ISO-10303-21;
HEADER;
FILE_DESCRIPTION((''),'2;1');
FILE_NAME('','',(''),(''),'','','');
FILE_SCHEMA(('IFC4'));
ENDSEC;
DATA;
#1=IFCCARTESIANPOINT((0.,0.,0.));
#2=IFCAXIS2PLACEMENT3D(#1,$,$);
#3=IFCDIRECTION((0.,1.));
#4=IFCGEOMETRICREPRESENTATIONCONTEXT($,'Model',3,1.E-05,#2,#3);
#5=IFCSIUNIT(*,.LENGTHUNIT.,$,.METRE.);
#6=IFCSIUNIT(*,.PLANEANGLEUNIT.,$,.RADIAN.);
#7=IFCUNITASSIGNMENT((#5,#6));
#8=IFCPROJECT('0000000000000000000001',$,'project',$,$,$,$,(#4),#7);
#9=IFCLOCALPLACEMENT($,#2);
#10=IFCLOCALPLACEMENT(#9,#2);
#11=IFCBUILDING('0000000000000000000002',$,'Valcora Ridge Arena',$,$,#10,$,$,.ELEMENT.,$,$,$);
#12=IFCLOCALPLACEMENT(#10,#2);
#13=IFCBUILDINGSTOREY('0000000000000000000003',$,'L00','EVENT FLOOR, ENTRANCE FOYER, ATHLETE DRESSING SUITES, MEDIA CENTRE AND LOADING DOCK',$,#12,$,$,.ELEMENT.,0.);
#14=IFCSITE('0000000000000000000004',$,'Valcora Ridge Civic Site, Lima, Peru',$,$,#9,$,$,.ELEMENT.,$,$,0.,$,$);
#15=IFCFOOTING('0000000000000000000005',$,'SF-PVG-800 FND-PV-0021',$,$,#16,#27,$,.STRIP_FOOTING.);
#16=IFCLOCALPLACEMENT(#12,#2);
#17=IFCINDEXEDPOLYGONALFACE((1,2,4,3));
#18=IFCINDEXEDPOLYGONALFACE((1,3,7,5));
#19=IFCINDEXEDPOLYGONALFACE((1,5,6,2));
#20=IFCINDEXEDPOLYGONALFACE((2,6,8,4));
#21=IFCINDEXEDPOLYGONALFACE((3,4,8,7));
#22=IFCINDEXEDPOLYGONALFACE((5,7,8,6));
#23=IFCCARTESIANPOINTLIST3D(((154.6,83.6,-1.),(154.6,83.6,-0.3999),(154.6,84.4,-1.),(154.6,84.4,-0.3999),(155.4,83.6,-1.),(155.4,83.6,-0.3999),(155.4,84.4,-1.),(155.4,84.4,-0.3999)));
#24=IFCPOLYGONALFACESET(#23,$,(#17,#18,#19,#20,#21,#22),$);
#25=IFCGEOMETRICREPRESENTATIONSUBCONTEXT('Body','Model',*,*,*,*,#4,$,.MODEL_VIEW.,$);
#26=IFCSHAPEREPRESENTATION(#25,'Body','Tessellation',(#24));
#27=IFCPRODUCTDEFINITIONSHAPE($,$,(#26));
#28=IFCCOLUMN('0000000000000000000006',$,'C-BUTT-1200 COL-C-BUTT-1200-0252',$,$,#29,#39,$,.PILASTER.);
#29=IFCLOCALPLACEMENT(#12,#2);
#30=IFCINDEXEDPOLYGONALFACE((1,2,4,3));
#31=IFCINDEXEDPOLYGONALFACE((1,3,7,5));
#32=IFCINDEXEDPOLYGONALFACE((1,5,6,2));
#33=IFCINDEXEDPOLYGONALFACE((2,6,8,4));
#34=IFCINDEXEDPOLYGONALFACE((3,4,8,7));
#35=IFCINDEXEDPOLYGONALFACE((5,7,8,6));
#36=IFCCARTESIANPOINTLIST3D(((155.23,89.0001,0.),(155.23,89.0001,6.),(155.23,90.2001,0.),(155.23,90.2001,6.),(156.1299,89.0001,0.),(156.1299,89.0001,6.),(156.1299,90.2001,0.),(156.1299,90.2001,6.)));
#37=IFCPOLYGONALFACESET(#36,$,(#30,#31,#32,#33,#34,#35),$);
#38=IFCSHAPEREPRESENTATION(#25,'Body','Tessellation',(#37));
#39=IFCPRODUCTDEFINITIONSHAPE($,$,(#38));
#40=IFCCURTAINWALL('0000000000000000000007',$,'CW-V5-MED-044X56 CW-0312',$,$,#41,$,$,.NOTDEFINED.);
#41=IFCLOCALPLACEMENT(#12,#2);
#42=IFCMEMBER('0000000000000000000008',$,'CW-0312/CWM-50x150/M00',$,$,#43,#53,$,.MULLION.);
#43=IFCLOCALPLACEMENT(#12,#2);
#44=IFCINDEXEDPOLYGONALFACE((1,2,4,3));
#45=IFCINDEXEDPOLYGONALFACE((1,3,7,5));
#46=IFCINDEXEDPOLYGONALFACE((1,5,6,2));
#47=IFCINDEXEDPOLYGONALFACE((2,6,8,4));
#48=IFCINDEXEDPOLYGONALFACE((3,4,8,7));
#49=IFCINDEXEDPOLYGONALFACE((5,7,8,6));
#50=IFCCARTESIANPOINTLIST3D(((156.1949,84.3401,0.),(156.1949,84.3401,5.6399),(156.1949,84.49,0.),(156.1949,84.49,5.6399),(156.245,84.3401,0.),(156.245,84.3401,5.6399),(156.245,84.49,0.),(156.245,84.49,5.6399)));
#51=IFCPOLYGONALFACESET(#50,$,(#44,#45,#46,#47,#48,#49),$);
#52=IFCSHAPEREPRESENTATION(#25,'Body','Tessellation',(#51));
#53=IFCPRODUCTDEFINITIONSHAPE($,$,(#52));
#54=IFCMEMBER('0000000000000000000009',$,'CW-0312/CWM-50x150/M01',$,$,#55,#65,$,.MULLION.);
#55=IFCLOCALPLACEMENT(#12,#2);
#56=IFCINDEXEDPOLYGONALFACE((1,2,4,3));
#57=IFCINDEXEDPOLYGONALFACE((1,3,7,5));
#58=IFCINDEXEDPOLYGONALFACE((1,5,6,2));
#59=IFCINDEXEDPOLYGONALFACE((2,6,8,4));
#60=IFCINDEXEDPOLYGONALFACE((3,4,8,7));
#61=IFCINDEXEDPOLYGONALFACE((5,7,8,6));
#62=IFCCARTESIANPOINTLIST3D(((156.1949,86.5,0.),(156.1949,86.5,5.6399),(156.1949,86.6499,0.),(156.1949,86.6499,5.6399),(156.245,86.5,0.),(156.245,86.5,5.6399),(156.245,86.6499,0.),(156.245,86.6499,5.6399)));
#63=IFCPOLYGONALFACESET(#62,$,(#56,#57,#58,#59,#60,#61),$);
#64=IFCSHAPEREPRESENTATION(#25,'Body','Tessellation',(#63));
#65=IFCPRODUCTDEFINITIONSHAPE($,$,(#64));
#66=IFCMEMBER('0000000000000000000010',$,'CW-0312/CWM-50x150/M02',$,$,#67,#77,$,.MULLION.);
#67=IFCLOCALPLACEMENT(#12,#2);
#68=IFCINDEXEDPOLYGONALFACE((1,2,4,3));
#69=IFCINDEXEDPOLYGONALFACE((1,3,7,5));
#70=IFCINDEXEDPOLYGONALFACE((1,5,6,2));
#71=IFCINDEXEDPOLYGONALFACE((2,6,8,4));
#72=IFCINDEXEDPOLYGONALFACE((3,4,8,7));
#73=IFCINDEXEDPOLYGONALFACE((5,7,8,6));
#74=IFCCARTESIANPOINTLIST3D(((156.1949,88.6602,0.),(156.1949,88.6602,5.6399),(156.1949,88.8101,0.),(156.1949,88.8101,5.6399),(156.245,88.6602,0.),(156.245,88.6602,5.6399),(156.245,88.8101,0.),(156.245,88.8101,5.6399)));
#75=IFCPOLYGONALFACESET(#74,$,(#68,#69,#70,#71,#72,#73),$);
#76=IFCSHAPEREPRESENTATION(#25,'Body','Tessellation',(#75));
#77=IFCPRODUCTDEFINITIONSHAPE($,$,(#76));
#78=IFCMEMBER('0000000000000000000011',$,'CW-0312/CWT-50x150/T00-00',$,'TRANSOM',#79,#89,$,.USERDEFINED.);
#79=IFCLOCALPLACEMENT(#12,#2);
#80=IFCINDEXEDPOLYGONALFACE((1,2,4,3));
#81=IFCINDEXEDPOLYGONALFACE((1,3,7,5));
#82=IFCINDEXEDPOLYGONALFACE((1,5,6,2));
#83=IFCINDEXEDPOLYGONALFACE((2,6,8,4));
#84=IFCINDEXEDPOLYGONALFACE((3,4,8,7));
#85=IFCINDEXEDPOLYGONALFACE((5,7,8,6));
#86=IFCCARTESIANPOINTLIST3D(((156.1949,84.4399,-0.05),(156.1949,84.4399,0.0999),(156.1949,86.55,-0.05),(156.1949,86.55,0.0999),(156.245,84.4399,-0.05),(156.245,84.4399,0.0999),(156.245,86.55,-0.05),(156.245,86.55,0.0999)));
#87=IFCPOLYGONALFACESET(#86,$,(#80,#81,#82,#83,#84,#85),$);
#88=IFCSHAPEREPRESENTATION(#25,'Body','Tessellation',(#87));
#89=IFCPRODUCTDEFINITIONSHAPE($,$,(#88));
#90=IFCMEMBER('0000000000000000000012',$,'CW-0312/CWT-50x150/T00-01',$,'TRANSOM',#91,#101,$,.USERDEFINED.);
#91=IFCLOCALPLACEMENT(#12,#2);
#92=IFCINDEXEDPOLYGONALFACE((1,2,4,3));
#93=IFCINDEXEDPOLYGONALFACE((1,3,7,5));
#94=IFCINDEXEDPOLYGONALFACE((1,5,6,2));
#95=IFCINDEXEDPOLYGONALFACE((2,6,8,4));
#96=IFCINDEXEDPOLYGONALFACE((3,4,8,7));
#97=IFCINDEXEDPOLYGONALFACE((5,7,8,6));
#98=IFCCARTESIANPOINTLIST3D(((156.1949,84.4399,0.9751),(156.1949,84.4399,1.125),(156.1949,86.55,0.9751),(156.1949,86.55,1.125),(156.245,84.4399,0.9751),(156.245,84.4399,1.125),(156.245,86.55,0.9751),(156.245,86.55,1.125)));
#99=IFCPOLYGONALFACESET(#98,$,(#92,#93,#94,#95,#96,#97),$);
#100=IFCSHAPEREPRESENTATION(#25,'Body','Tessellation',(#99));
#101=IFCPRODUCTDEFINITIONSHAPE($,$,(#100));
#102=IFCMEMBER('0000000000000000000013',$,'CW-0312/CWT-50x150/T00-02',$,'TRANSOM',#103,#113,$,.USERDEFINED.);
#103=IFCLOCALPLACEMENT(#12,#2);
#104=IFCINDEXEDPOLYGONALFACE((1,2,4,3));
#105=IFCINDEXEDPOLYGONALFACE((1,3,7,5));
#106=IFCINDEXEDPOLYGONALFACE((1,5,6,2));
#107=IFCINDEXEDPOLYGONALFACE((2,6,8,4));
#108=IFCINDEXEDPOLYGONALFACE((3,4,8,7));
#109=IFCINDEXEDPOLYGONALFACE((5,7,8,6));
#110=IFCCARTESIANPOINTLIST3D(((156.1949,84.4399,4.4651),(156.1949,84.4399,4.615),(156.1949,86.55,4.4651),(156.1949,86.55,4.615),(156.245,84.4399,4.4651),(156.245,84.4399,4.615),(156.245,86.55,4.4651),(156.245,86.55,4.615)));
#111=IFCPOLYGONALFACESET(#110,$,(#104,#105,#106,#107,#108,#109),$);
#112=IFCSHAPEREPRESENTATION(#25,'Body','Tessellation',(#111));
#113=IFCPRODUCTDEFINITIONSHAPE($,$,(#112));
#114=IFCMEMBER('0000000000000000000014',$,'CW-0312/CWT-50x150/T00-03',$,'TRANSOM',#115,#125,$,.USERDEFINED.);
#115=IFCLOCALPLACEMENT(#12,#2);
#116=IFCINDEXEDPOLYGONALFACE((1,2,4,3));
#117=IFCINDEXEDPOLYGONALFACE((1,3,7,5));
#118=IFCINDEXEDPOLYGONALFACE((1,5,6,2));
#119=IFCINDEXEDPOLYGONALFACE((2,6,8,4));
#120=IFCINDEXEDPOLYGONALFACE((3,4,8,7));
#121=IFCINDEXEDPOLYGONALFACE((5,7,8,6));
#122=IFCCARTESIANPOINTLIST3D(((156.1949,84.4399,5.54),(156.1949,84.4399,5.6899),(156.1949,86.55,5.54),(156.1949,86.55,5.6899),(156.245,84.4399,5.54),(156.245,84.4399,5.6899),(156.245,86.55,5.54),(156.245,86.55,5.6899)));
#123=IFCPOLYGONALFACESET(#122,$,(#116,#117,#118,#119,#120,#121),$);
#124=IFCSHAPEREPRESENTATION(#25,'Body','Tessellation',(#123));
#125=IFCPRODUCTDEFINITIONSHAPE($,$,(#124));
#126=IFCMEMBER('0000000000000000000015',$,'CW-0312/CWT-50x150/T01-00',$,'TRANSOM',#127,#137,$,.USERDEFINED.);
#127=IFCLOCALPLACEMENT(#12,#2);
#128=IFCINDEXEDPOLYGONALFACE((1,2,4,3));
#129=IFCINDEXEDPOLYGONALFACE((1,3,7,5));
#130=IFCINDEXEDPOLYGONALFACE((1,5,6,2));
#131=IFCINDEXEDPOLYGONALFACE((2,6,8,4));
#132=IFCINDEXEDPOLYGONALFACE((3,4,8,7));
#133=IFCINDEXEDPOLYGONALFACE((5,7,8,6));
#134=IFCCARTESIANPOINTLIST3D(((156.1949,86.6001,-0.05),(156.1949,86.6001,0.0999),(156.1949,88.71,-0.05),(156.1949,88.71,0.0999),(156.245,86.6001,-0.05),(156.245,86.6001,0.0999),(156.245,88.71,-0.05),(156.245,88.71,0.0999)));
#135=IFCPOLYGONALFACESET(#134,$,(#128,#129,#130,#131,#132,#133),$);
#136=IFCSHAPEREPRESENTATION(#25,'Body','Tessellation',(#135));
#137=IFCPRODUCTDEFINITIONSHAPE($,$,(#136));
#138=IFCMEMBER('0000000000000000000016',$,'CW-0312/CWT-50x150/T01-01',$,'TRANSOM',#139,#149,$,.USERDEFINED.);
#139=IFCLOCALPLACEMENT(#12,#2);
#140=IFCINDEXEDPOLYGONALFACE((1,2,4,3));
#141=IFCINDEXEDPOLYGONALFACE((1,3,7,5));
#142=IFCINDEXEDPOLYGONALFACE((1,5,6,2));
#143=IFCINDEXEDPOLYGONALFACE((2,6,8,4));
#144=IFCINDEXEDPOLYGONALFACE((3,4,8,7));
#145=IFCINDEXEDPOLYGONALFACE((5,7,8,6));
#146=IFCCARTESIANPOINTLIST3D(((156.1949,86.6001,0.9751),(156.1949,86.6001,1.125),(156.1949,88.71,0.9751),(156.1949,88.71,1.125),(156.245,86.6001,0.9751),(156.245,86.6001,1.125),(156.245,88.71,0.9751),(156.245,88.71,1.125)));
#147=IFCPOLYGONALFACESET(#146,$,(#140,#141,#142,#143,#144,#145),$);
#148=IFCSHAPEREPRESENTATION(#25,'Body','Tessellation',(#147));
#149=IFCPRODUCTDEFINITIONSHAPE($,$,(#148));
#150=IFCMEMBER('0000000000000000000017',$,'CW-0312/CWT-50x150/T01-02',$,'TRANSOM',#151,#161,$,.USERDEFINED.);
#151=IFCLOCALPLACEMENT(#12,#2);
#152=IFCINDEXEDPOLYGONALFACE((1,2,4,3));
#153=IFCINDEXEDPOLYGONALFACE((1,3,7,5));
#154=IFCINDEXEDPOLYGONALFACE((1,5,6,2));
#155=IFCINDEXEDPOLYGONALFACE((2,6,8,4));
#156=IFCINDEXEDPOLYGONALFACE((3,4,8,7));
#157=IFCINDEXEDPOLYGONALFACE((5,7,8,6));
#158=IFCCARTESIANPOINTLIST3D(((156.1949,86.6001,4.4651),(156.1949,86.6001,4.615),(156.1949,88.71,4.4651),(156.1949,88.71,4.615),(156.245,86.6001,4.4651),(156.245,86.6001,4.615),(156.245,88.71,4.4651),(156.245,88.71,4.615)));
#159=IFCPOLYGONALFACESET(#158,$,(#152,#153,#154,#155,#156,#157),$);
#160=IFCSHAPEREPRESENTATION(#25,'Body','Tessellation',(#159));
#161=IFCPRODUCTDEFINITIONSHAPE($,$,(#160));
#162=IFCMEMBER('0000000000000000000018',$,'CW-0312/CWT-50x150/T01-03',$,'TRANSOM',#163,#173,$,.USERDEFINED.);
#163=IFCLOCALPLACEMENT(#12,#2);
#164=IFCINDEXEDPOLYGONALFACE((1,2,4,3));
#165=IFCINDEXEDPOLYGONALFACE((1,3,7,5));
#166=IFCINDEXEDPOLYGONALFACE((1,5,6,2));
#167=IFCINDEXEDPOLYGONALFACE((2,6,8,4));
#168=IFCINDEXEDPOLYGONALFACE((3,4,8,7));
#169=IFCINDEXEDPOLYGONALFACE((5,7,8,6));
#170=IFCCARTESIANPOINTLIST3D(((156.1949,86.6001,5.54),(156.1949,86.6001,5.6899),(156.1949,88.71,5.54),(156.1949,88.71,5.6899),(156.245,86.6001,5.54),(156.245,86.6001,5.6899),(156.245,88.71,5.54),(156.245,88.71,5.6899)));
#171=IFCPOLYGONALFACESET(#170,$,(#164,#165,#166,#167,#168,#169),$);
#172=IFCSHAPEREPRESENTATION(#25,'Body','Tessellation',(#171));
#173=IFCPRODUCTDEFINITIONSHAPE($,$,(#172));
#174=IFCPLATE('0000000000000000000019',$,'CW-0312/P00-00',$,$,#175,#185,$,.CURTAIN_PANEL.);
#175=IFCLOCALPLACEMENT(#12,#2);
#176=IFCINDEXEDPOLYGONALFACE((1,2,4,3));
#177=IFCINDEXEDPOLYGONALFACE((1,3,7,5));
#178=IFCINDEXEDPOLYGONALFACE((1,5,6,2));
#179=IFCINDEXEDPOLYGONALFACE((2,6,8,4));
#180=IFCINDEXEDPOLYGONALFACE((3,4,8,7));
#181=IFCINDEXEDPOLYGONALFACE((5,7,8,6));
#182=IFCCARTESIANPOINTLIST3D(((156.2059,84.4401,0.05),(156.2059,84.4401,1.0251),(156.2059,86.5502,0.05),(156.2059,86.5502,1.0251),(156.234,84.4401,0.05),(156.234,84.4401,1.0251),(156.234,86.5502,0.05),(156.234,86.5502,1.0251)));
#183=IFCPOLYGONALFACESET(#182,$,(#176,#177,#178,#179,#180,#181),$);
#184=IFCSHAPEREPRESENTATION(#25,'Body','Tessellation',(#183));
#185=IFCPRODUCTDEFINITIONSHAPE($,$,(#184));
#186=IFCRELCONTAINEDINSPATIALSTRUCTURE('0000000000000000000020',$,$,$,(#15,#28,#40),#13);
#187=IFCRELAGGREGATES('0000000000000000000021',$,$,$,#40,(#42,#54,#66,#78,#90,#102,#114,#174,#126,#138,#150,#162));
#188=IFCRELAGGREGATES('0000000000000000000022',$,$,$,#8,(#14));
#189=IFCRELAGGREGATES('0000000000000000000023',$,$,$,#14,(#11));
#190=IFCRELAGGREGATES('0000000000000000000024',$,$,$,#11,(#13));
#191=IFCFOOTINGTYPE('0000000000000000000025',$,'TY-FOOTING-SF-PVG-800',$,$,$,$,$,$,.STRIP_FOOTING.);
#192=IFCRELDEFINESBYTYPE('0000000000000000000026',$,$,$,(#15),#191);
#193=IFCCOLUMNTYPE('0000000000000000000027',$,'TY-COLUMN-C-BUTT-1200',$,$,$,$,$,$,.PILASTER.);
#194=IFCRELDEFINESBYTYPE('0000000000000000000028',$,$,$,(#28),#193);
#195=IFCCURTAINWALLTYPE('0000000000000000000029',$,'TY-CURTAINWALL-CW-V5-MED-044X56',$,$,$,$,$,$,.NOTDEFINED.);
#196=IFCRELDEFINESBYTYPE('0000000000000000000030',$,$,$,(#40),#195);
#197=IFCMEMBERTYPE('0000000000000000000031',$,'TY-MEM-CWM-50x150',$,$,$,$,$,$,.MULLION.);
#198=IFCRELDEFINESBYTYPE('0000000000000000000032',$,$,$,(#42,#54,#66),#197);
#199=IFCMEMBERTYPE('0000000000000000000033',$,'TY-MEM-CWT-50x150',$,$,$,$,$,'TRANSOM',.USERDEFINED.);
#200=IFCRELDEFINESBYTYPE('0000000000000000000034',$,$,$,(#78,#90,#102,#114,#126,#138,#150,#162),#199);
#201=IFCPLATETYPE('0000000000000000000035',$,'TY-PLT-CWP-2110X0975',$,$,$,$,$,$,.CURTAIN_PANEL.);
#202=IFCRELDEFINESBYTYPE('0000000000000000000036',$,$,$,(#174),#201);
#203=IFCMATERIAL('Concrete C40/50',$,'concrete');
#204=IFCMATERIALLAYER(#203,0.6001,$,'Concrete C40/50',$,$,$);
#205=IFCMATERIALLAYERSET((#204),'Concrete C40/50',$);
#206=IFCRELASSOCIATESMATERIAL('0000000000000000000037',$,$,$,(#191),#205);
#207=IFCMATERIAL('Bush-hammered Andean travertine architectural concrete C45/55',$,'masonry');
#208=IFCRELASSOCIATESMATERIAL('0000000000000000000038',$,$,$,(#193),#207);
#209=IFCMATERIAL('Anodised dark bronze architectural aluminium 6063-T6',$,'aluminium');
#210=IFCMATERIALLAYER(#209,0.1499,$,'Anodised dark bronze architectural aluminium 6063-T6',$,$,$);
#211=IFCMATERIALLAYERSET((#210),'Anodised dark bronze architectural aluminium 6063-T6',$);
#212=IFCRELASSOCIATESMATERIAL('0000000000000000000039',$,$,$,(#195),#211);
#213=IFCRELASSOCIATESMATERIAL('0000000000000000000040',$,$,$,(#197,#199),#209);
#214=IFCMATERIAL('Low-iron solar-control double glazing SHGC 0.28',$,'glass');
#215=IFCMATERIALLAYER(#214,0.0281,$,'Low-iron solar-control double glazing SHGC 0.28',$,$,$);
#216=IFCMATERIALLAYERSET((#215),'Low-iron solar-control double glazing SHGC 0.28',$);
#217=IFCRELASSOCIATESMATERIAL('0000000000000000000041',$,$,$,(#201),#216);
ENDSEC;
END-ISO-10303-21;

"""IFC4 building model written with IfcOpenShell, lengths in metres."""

from ifc_helpers import new_model, si_unit, direction, frame, origin, origin_2d, place, context, subcontext, project, spatial, rectangle, extrude, material, layer, layer_set, material_profile, profile_set, type_object, element, aggregate, save


model = new_model("IFC4")

# Units and contexts
model_context = context("Model", 3, precision=1e-05, world=origin(), true_north=direction((0.0, 1.0)))
body_context = subcontext(model_context, "Body", "Model", "MODEL_VIEW")
ifc_project = project(units=[si_unit("LENGTHUNIT", "METRE"), si_unit("PLANEANGLEUNIT", "RADIAN")], contexts=[model_context])

# Site, building, storey
site_placement = place(None, origin())
site = spatial("IfcSite", under=ifc_project, at=site_placement, Name="Valcora Ridge Civic Site, Lima, Peru", CompositionType="ELEMENT", RefElevation=0.0)
building_placement = place(site_placement, origin())
building = spatial("IfcBuilding", under=site, at=building_placement, Name="Valcora Ridge Arena", CompositionType="ELEMENT")
storey_placement = place(building_placement, origin())
storey = spatial("IfcBuildingStorey", under=building, at=storey_placement, Name="L00", Description="EVENT FLOOR, ENTRANCE FOYER, ATHLETE DRESSING SUITES, MEDIA CENTRE AND LOADING DOCK", CompositionType="ELEMENT", Elevation=0.0)

# Footing
ifc_material_1 = material(Name="Concrete C40/50", Category="concrete")
ifc_layer_1 = layer(ifc_material_1, 0.6001, Name="Concrete C40/50")
ifc_layer_set_1 = layer_set([ifc_layer_1], Name="Concrete C40/50")
footing_type = type_object("IfcFootingType", Name="TY-FOOTING-SF-PVG-800", PredefinedType="STRIP_FOOTING", material=ifc_layer_set_1)
footing_placement = place(storey_placement, frame((155.0, 84.0, -1.0), z_axis=(0.0, 0.0, 1.0), x_axis=(1.0, 0.0, 0.0)))
element("IfcFooting", 1, at=footing_placement, inside=storey, type_object=footing_type, Name="SF-PVG-800 FND-PV-0021", PredefinedType="STRIP_FOOTING", context=body_context, shape_type="SweptSolid", body=[
    extrude(rectangle(XDim=0.8, YDim=0.8, at=origin_2d()), origin(), (0.0, 0.0, 1.0), 0.6001),
])

# Column
ifc_material_2 = material(Name="Bush-hammered Andean travertine architectural concrete C45/55", Category="masonry")
ifc_material_profile_1 = material_profile(ifc_material_2, rectangle(XDim=0.8999, YDim=1.2, at=origin_2d()), Name="RC 900x1200")
ifc_profile_set_1 = profile_set([ifc_material_profile_1], Name="Bush-hammered Andean travertine architectural concrete C45/55")
column_type = type_object("IfcColumnType", Name="TY-COLUMN-C-BUTT-1200", PredefinedType="PILASTER", material=ifc_profile_set_1)
column_placement = place(storey_placement, frame((155.6799, 89.6001, 0.0), z_axis=(0.0, 0.0, 1.0), x_axis=(1.0, 0.0, 0.0)))
element("IfcColumn", 2, at=column_placement, inside=storey, type_object=column_type, Name="C-BUTT-1200 COL-C-BUTT-1200-0252", PredefinedType="PILASTER", context=body_context, shape_type="SweptSolid", body=[
    extrude(rectangle(XDim=0.8999, YDim=1.2, at=origin_2d()), origin(), (0.0, 0.0, 1.0), 6.0),
])

# Curtain wall, members, plate
ifc_material_3 = material(Name="Anodised dark bronze architectural aluminium 6063-T6", Category="aluminium")
ifc_layer_2 = layer(ifc_material_3, 0.1499, Name="Anodised dark bronze architectural aluminium 6063-T6")
ifc_layer_set_2 = layer_set([ifc_layer_2], Name="Anodised dark bronze architectural aluminium 6063-T6")
curtain_wall_type = type_object("IfcCurtainWallType", Name="TY-CURTAINWALL-CW-V5-MED-044X56", PredefinedType="NOTDEFINED", material=ifc_layer_set_2)
curtain_wall_placement = place(storey_placement, origin())
curtain_wall = element("IfcCurtainWall", 3, at=curtain_wall_placement, inside=storey, type_object=curtain_wall_type, Name="CW-V5-MED-044X56 CW-0312", PredefinedType="NOTDEFINED")
ifc_material_profile_2 = material_profile(ifc_material_3, rectangle(XDim=0.05, YDim=0.1499, at=origin_2d()), Name="ALU MULLION 50x150")
ifc_profile_set_2 = profile_set([ifc_material_profile_2], Name="Anodised dark bronze architectural aluminium 6063-T6")
member_type_1 = type_object("IfcMemberType", Name="TY-MEM-CWM-50x150", PredefinedType="MULLION", material=ifc_profile_set_2)
member_1_placement = place(storey_placement, frame((156.22, 84.415, 0.0), z_axis=(0.0, 0.0, 1.0), x_axis=(-1.0, 0.0, 0.0)))
member_1 = element("IfcMember", 4, at=member_1_placement, type_object=member_type_1, Name="CW-0312/CWM-50x150/M00", PredefinedType="MULLION", context=body_context, shape_type="SweptSolid", body=[
    extrude(rectangle(XDim=0.05, YDim=0.1499, at=origin_2d()), origin(), (0.0, 0.0, 1.0), 5.6399),
])
member_2_placement = place(storey_placement, frame((156.22, 86.575, 0.0), z_axis=(0.0, 0.0, 1.0), x_axis=(-1.0, 0.0, 0.0)))
member_2 = element("IfcMember", 5, at=member_2_placement, type_object=member_type_1, Name="CW-0312/CWM-50x150/M01", PredefinedType="MULLION", context=body_context, shape_type="SweptSolid", body=[
    extrude(rectangle(XDim=0.05, YDim=0.1499, at=origin_2d()), origin(), (0.0, 0.0, 1.0), 5.6399),
])
member_3_placement = place(storey_placement, frame((156.22, 88.7351, 0.0), z_axis=(0.0, 0.0, 1.0), x_axis=(-1.0, 0.0, 0.0)))
member_3 = element("IfcMember", 6, at=member_3_placement, type_object=member_type_1, Name="CW-0312/CWM-50x150/M02", PredefinedType="MULLION", context=body_context, shape_type="SweptSolid", body=[
    extrude(rectangle(XDim=0.05, YDim=0.1499, at=origin_2d()), origin(), (0.0, 0.0, 1.0), 5.6399),
])
ifc_material_profile_3 = material_profile(ifc_material_3, rectangle(XDim=0.05, YDim=0.1499, at=origin_2d()), Name="ALU TRANSOM 50x150")
ifc_profile_set_3 = profile_set([ifc_material_profile_3], Name="Anodised dark bronze architectural aluminium 6063-T6")
member_type_2 = type_object("IfcMemberType", Name="TY-MEM-CWT-50x150", ElementType="TRANSOM", PredefinedType="USERDEFINED", material=ifc_profile_set_3)
member_4_placement = place(storey_placement, frame((156.22, 84.4399, 0.0249), z_axis=(0.0, 1.0, 0.0), x_axis=(-1.0, 0.0, 0.0)))
member_4 = element("IfcMember", 7, at=member_4_placement, type_object=member_type_2, Name="CW-0312/CWT-50x150/T00-00", ObjectType="TRANSOM", PredefinedType="USERDEFINED", context=body_context, shape_type="SweptSolid", body=[
    extrude(rectangle(XDim=0.05, YDim=0.1499, at=origin_2d()), origin(), (0.0, 0.0, 1.0), 2.1101),
])
member_5_placement = place(storey_placement, frame((156.22, 84.4399, 1.05), z_axis=(0.0, 1.0, 0.0), x_axis=(-1.0, 0.0, 0.0)))
member_5 = element("IfcMember", 8, at=member_5_placement, type_object=member_type_2, Name="CW-0312/CWT-50x150/T00-01", ObjectType="TRANSOM", PredefinedType="USERDEFINED", context=body_context, shape_type="SweptSolid", body=[
    extrude(rectangle(XDim=0.05, YDim=0.1499, at=origin_2d()), origin(), (0.0, 0.0, 1.0), 2.1101),
])
member_6_placement = place(storey_placement, frame((156.22, 84.4399, 4.54), z_axis=(0.0, 1.0, 0.0), x_axis=(-1.0, 0.0, 0.0)))
member_6 = element("IfcMember", 9, at=member_6_placement, type_object=member_type_2, Name="CW-0312/CWT-50x150/T00-02", ObjectType="TRANSOM", PredefinedType="USERDEFINED", context=body_context, shape_type="SweptSolid", body=[
    extrude(rectangle(XDim=0.05, YDim=0.1499, at=origin_2d()), origin(), (0.0, 0.0, 1.0), 2.1101),
])
member_7_placement = place(storey_placement, frame((156.22, 84.4399, 5.615), z_axis=(0.0, 1.0, 0.0), x_axis=(-1.0, 0.0, 0.0)))
member_7 = element("IfcMember", 10, at=member_7_placement, type_object=member_type_2, Name="CW-0312/CWT-50x150/T00-03", ObjectType="TRANSOM", PredefinedType="USERDEFINED", context=body_context, shape_type="SweptSolid", body=[
    extrude(rectangle(XDim=0.05, YDim=0.1499, at=origin_2d()), origin(), (0.0, 0.0, 1.0), 2.1101),
])
member_8_placement = place(storey_placement, frame((156.22, 86.6001, 0.0249), z_axis=(0.0, 1.0, 0.0), x_axis=(-1.0, 0.0, 0.0)))
member_8 = element("IfcMember", 11, at=member_8_placement, type_object=member_type_2, Name="CW-0312/CWT-50x150/T01-00", ObjectType="TRANSOM", PredefinedType="USERDEFINED", context=body_context, shape_type="SweptSolid", body=[
    extrude(rectangle(XDim=0.05, YDim=0.1499, at=origin_2d()), origin(), (0.0, 0.0, 1.0), 2.1099),
])
member_9_placement = place(storey_placement, frame((156.22, 86.6001, 1.05), z_axis=(0.0, 1.0, 0.0), x_axis=(-1.0, 0.0, 0.0)))
member_9 = element("IfcMember", 12, at=member_9_placement, type_object=member_type_2, Name="CW-0312/CWT-50x150/T01-01", ObjectType="TRANSOM", PredefinedType="USERDEFINED", context=body_context, shape_type="SweptSolid", body=[
    extrude(rectangle(XDim=0.05, YDim=0.1499, at=origin_2d()), origin(), (0.0, 0.0, 1.0), 2.1099),
])
member_10_placement = place(storey_placement, frame((156.22, 86.6001, 4.54), z_axis=(0.0, 1.0, 0.0), x_axis=(-1.0, 0.0, 0.0)))
member_10 = element("IfcMember", 13, at=member_10_placement, type_object=member_type_2, Name="CW-0312/CWT-50x150/T01-02", ObjectType="TRANSOM", PredefinedType="USERDEFINED", context=body_context, shape_type="SweptSolid", body=[
    extrude(rectangle(XDim=0.05, YDim=0.1499, at=origin_2d()), origin(), (0.0, 0.0, 1.0), 2.1099),
])
member_11_placement = place(storey_placement, frame((156.22, 86.6001, 5.615), z_axis=(0.0, 1.0, 0.0), x_axis=(-1.0, 0.0, 0.0)))
member_11 = element("IfcMember", 14, at=member_11_placement, type_object=member_type_2, Name="CW-0312/CWT-50x150/T01-03", ObjectType="TRANSOM", PredefinedType="USERDEFINED", context=body_context, shape_type="SweptSolid", body=[
    extrude(rectangle(XDim=0.05, YDim=0.1499, at=origin_2d()), origin(), (0.0, 0.0, 1.0), 2.1099),
])
ifc_material_4 = material(Name="Low-iron solar-control double glazing SHGC 0.28", Category="glass")
ifc_layer_3 = layer(ifc_material_4, 0.0281, Name="Low-iron solar-control double glazing SHGC 0.28")
ifc_layer_set_3 = layer_set([ifc_layer_3], Name="Low-iron solar-control double glazing SHGC 0.28")
plate_type_1 = type_object("IfcPlateType", Name="TY-PLT-CWP-2110X0975", PredefinedType="CURTAIN_PANEL", material=ifc_layer_set_3)
plate_1_placement = place(storey_placement, frame((156.22, 85.4951, 0.05), z_axis=(0.0, 0.0, 1.0), x_axis=(0.0, 1.0, 0.0)))
plate_1 = element("IfcPlate", 15, at=plate_1_placement, type_object=plate_type_1, Name="CW-0312/P00-00", PredefinedType="CURTAIN_PANEL", context=body_context, shape_type="SweptSolid", body=[
    extrude(rectangle(XDim=2.1101, YDim=0.0281, at=origin_2d()), origin(), (0.0, 0.0, 1.0), 0.9751),
])
aggregate(curtain_wall, [member_1, member_2, member_3, member_4, member_5, member_6, member_7, plate_1, member_8, member_9, member_10, member_11])

save(model, "model.ifc")
